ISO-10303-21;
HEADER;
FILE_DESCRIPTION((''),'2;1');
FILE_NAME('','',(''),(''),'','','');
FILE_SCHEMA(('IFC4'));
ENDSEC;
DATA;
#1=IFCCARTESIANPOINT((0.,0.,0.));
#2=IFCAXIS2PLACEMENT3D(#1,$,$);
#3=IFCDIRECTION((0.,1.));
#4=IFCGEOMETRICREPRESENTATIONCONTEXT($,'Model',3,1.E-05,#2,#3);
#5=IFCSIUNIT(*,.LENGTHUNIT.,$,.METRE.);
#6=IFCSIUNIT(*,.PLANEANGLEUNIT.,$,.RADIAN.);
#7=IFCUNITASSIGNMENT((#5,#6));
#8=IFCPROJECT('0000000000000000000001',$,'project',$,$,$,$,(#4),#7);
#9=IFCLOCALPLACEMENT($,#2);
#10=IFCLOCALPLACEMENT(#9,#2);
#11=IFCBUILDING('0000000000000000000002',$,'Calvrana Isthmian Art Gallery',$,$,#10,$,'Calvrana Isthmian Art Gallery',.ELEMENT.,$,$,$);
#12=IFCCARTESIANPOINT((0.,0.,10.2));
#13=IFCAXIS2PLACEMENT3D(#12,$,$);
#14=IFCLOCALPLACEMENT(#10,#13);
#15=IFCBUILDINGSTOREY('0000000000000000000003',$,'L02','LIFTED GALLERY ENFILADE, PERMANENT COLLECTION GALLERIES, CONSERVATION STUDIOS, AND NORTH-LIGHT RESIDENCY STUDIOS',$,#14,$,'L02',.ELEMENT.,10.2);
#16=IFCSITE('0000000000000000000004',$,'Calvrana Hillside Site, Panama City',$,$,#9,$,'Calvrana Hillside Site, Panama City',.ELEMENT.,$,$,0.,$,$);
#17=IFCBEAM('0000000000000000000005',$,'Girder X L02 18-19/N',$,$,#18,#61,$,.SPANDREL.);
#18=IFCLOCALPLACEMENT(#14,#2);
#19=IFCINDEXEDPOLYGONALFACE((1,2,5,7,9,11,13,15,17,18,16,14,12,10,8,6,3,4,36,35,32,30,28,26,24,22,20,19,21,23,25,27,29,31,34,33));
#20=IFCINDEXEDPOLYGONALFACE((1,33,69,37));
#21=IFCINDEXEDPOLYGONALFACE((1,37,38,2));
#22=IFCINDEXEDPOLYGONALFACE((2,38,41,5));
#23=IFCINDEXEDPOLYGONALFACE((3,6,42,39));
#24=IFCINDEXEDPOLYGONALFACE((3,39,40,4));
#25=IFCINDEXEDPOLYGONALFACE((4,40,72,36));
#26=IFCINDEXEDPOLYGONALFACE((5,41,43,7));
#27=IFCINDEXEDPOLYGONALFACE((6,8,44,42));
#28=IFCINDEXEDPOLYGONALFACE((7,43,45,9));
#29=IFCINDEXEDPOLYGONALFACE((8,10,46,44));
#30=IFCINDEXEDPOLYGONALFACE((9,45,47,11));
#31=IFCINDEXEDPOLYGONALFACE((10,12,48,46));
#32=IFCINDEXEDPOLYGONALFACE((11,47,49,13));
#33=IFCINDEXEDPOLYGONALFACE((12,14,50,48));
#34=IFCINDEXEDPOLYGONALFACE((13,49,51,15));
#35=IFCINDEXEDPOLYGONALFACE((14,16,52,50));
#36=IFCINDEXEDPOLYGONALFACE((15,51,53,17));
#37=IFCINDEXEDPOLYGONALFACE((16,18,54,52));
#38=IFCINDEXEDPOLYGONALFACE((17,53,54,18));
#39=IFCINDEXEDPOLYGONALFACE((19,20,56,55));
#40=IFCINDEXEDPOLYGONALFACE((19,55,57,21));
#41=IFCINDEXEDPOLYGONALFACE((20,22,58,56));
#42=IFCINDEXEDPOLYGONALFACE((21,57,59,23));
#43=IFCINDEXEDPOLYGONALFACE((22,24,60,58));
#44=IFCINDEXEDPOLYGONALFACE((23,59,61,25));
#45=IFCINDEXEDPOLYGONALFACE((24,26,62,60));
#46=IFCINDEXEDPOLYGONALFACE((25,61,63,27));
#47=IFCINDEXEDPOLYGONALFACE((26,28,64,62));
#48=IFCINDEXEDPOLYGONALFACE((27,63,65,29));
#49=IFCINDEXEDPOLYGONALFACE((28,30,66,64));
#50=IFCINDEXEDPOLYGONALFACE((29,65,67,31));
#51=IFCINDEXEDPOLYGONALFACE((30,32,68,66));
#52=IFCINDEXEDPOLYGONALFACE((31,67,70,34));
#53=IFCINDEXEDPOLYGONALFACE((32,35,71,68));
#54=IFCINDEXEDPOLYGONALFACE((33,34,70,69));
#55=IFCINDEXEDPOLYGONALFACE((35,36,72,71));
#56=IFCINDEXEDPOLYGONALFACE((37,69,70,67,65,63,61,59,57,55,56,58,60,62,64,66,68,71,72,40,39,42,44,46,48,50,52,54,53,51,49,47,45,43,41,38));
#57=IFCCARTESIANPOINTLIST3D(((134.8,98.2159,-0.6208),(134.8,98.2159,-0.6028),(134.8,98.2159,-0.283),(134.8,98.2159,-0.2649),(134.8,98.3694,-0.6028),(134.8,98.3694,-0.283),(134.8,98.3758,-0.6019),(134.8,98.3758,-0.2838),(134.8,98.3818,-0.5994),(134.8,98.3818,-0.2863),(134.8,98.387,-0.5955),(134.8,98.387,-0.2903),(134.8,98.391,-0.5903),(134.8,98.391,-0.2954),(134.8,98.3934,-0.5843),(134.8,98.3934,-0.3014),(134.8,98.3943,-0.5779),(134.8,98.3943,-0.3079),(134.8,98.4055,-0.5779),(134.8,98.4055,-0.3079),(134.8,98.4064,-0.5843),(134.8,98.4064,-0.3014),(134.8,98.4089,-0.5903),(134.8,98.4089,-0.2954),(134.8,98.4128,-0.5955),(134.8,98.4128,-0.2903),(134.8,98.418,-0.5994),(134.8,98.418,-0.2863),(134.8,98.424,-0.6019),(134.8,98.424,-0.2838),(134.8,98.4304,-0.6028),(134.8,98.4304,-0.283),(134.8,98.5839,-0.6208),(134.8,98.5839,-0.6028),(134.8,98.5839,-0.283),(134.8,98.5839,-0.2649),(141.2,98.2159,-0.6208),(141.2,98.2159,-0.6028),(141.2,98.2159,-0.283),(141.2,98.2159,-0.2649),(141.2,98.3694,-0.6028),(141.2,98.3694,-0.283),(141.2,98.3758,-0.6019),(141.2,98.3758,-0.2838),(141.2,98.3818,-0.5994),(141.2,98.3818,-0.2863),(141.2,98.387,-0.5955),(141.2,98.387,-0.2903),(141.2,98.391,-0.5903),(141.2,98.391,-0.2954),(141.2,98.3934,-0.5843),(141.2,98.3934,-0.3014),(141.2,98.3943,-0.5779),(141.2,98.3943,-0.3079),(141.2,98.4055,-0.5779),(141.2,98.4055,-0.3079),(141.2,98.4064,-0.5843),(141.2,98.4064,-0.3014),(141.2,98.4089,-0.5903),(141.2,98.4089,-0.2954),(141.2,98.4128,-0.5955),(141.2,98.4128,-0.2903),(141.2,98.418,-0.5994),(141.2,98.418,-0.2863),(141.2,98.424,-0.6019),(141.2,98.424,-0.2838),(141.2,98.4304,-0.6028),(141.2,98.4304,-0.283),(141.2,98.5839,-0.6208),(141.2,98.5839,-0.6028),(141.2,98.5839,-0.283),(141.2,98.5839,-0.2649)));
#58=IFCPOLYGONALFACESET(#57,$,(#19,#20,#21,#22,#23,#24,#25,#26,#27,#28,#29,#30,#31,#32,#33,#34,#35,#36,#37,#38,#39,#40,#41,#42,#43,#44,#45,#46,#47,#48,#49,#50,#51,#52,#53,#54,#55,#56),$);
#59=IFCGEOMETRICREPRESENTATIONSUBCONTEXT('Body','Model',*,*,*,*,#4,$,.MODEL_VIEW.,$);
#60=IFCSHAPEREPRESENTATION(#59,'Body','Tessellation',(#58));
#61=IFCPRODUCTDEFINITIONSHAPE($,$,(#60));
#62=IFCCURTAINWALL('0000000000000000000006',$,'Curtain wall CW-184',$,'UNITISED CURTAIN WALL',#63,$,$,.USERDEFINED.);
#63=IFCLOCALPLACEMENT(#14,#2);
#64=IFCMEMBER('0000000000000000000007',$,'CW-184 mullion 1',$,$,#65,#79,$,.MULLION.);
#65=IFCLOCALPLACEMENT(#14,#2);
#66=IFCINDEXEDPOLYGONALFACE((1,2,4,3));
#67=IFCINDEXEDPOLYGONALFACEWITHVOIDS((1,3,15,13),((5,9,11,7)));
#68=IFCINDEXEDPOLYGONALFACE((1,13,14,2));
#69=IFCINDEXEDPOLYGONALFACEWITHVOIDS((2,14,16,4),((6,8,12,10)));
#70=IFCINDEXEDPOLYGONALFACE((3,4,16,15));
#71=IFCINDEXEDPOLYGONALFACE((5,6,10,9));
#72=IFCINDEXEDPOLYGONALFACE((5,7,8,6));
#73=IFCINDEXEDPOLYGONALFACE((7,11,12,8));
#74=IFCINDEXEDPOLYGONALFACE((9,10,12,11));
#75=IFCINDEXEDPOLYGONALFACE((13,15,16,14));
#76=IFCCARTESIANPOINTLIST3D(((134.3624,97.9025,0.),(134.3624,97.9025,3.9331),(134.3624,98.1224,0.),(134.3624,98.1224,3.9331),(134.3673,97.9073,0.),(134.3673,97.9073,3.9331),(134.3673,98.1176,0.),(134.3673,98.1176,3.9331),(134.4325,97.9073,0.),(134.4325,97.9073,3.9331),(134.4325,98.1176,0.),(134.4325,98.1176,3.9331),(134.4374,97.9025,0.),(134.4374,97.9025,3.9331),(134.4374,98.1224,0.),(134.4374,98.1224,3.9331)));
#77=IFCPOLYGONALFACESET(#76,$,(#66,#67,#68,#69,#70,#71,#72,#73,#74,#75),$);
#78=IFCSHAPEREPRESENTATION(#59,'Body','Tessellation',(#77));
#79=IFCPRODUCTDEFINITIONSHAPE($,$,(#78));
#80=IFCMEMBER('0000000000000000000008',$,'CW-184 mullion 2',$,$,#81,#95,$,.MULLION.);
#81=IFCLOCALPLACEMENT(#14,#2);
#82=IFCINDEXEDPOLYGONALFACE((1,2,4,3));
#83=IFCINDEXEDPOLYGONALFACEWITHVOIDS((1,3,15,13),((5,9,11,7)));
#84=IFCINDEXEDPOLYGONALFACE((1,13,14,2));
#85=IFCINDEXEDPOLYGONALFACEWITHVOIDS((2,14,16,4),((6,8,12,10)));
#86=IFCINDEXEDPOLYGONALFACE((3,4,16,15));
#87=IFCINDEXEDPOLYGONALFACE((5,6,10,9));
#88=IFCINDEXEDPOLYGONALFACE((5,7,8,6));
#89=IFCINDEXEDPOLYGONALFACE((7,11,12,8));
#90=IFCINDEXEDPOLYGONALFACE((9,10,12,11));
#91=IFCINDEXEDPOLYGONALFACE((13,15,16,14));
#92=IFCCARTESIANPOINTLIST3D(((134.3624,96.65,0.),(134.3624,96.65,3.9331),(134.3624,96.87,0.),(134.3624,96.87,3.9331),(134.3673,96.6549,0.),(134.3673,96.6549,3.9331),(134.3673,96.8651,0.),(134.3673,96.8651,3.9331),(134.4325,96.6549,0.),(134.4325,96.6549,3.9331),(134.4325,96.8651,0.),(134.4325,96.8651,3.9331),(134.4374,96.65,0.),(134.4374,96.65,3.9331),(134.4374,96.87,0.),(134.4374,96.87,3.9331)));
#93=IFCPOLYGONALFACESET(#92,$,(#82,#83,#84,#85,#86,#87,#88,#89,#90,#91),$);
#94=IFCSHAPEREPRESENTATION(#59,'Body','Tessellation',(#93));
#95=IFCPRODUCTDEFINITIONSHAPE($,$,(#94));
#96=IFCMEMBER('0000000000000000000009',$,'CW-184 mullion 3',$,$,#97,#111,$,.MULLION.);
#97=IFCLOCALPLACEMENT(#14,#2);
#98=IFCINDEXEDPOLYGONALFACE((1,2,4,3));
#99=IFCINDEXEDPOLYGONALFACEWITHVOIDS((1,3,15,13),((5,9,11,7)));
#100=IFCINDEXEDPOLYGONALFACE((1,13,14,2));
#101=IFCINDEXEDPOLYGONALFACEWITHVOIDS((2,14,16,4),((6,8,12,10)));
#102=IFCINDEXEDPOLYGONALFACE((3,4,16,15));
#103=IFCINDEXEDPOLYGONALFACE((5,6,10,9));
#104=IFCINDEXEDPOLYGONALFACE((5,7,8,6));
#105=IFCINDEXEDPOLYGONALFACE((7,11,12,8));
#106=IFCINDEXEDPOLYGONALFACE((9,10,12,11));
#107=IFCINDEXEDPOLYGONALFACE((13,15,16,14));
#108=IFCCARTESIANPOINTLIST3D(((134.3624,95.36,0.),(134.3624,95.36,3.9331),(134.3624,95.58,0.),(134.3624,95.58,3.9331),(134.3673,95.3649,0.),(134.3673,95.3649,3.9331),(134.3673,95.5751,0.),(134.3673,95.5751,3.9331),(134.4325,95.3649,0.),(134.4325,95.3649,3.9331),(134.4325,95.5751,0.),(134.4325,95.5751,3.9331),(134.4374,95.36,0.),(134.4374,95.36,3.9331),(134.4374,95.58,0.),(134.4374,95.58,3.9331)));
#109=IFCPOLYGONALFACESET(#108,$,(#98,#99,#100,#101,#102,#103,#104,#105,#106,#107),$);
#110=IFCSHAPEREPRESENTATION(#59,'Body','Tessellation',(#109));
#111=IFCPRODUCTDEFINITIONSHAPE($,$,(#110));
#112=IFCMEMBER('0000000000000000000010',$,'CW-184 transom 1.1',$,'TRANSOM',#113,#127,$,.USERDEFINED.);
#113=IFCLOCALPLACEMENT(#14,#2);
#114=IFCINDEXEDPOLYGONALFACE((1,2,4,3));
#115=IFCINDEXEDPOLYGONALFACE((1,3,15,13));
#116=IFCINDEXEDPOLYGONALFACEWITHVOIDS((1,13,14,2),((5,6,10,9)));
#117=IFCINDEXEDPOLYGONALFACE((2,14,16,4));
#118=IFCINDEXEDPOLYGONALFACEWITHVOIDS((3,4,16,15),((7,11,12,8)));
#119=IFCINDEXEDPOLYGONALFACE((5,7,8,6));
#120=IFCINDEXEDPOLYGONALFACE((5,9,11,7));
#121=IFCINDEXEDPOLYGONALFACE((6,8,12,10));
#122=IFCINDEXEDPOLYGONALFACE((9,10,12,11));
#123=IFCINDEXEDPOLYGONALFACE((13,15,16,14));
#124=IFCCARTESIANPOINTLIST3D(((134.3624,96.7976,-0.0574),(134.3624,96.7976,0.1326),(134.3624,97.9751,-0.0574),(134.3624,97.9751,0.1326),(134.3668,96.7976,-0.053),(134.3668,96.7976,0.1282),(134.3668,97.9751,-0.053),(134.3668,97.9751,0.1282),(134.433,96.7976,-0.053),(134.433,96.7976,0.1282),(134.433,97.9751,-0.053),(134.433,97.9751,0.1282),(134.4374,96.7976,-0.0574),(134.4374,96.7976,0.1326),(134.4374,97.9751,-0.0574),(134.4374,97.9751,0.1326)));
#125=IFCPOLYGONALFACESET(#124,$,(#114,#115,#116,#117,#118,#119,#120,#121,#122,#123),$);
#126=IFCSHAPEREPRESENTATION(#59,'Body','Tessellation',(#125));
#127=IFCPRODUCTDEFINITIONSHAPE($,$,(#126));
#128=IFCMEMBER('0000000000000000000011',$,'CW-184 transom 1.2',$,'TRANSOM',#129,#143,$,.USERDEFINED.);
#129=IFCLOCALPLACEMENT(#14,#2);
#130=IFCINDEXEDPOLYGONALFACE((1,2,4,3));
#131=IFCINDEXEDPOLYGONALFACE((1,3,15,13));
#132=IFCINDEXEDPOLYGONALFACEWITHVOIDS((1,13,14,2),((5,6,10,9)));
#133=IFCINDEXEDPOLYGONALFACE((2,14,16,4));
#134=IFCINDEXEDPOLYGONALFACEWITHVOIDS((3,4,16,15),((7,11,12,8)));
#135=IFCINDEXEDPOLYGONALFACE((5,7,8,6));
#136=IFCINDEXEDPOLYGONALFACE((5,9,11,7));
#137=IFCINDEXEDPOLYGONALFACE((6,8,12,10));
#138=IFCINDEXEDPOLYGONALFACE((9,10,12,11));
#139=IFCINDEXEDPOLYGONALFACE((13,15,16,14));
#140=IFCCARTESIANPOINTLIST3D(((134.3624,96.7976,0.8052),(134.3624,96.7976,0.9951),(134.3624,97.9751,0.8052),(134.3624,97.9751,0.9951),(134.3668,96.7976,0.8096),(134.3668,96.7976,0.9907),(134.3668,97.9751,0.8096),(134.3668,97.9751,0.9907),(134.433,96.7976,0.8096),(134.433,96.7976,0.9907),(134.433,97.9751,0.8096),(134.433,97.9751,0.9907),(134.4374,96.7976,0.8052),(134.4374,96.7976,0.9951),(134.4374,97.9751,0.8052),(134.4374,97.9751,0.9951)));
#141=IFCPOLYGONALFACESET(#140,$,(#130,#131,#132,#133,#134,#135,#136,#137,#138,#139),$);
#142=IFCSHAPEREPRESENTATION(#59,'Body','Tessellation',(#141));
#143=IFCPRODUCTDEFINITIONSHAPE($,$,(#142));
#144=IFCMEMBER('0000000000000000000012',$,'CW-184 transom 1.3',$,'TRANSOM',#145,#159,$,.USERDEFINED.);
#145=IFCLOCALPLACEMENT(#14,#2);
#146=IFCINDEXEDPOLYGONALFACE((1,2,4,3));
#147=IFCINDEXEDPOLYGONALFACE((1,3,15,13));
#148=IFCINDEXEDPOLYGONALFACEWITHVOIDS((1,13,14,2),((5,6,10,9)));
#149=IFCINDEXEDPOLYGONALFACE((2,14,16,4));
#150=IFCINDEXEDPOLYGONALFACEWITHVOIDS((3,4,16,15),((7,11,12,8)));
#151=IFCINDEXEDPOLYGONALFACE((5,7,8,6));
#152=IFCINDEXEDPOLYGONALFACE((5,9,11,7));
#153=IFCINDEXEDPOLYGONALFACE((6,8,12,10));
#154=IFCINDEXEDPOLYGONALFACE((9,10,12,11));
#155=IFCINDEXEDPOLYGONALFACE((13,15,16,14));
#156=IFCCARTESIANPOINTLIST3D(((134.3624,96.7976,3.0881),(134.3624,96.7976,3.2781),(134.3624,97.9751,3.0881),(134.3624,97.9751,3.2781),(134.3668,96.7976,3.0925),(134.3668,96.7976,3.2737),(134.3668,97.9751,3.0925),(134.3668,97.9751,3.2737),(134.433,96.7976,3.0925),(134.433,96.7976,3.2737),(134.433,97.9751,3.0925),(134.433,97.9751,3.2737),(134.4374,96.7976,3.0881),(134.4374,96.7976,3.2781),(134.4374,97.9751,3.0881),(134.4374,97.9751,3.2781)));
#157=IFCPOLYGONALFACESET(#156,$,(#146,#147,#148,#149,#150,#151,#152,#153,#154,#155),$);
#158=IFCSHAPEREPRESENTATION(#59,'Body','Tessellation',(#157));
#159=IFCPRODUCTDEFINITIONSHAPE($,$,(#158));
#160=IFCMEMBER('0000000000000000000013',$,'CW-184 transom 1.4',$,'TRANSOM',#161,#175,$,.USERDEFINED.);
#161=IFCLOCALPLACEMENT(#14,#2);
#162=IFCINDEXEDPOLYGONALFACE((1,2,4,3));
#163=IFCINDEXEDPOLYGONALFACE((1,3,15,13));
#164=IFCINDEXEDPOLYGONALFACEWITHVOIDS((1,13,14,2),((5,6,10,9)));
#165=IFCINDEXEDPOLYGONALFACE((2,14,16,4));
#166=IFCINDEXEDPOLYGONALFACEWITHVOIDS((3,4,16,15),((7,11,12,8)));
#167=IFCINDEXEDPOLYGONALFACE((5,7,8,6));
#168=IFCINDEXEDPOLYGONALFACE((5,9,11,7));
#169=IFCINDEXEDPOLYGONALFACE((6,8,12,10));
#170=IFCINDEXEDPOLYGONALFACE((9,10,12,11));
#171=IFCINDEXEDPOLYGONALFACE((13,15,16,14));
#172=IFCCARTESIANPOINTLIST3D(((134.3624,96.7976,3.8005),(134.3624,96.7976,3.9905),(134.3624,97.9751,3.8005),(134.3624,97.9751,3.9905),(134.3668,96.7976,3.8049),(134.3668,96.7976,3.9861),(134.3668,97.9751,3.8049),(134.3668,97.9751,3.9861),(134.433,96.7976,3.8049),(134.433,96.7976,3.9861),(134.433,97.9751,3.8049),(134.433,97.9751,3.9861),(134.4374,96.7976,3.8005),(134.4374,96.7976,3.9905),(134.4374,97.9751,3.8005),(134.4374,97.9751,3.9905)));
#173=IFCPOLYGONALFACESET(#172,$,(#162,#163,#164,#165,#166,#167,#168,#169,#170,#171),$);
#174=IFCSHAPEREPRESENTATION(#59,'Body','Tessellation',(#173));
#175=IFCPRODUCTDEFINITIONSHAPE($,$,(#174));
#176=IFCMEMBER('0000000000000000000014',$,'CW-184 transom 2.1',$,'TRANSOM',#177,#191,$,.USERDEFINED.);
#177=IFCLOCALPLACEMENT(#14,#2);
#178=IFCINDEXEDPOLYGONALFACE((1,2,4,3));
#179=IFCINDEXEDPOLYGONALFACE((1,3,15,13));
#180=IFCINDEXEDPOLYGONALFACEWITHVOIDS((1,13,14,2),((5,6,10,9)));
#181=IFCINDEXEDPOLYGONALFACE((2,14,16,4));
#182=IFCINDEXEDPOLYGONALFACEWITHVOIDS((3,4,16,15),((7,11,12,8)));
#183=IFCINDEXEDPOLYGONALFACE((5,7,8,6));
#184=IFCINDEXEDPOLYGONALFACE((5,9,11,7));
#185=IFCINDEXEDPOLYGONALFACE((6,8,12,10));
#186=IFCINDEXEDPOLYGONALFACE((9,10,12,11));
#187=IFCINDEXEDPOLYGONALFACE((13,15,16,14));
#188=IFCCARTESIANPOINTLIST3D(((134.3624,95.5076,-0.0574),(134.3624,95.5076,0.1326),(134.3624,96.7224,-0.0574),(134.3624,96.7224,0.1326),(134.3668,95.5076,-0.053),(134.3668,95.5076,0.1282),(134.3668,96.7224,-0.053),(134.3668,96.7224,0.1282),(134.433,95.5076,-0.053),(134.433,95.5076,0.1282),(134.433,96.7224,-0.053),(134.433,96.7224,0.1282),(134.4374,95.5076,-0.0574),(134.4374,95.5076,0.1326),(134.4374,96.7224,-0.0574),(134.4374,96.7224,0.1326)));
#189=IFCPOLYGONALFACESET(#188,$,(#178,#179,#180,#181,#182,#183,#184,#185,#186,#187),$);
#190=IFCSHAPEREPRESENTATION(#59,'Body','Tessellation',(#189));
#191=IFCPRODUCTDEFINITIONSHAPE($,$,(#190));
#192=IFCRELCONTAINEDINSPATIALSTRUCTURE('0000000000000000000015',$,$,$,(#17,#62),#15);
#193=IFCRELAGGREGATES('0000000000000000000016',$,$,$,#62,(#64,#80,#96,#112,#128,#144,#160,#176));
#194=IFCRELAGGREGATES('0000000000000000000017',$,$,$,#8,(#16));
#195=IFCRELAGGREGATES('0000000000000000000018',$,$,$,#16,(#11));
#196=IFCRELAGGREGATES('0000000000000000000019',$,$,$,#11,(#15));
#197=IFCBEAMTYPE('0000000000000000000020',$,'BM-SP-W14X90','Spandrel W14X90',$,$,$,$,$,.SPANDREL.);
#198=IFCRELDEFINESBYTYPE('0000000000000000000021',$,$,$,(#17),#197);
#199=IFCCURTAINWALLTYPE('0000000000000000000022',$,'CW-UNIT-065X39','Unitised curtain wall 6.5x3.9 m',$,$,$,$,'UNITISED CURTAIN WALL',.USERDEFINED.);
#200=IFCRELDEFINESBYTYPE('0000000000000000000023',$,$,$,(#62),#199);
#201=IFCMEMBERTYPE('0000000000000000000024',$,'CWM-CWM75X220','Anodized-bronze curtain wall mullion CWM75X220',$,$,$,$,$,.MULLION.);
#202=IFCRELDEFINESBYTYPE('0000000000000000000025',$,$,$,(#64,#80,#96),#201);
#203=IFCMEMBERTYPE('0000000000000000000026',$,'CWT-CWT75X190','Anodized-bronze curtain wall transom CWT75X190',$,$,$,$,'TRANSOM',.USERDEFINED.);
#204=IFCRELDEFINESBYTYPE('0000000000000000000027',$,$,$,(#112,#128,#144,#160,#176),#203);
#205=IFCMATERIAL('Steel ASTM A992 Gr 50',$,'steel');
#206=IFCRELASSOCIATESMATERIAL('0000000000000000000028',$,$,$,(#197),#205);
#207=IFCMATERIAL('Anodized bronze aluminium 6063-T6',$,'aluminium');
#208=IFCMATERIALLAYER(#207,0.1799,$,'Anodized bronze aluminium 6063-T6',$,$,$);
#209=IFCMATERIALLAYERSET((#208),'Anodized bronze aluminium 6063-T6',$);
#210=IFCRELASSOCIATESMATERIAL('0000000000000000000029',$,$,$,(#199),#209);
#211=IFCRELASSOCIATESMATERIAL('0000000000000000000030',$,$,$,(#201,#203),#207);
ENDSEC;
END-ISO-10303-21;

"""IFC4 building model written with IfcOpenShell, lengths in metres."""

from ifc_helpers import new_model, si_unit, direction, frame, origin, origin_2d, place, context, subcontext, project, spatial, hollow_rectangle, i_section, extrude, material, layer, layer_set, material_profile, profile_set, type_object, element, aggregate, save


model = new_model("IFC4")

# Units and contexts
model_context = context("Model", 3, precision=1e-05, world=origin(), true_north=direction((0.0, 1.0)))
body_context = subcontext(model_context, "Body", "Model", "MODEL_VIEW")
ifc_project = project(units=[si_unit("LENGTHUNIT", "METRE"), si_unit("PLANEANGLEUNIT", "RADIAN")], contexts=[model_context])

# Site, building, storey
site_placement = place(None, origin())
site = spatial("IfcSite", under=ifc_project, at=site_placement, Name="Calvrana Hillside Site, Panama City", LongName="Calvrana Hillside Site, Panama City", CompositionType="ELEMENT", RefElevation=0.0)
building_placement = place(site_placement, origin())
building = spatial("IfcBuilding", under=site, at=building_placement, Name="Calvrana Isthmian Art Gallery", LongName="Calvrana Isthmian Art Gallery", CompositionType="ELEMENT")
storey_placement = place(building_placement, frame((0.0, 0.0, 10.2)))
storey = spatial("IfcBuildingStorey", under=building, at=storey_placement, Name="L02", Description="LIFTED GALLERY ENFILADE, PERMANENT COLLECTION GALLERIES, CONSERVATION STUDIOS, AND NORTH-LIGHT RESIDENCY STUDIOS", LongName="L02", CompositionType="ELEMENT", Elevation=10.2)

# Beam
ifc_material_1 = material(Name="Steel ASTM A992 Gr 50", Category="steel")
ifc_material_profile_1 = material_profile(ifc_material_1, i_section(OverallWidth=0.3679, OverallDepth=0.356, WebThickness=0.0112, FlangeThickness=0.0181, FilletRadius=0.0249, at=origin_2d()), Name="W14X90")
ifc_profile_set_1 = profile_set([ifc_material_profile_1], Name="Steel ASTM A992 Gr 50")
beam_type_1 = type_object("IfcBeamType", Name="BM-SP-W14X90", Description="Spandrel W14X90", PredefinedType="SPANDREL", material=ifc_profile_set_1)
beam_1_placement = place(storey_placement, frame((134.8, 98.3999, -0.4429), z_axis=(1.0, 0.0, 0.0), x_axis=(0.0, 1.0, 0.0)))
element("IfcBeam", 1, at=beam_1_placement, inside=storey, type_object=beam_type_1, Name="Girder X L02 18-19/N", PredefinedType="SPANDREL", context=body_context, shape_type="SweptSolid", body=[
    extrude(i_section(OverallWidth=0.3679, OverallDepth=0.356, WebThickness=0.0112, FlangeThickness=0.0181, FilletRadius=0.0249, at=origin_2d()), origin(), (0.0, 0.0, 1.0), 6.3999),
])

# Curtain wall, members
ifc_material_2 = material(Name="Anodized bronze aluminium 6063-T6", Category="aluminium")
ifc_layer_1 = layer(ifc_material_2, 0.1799, Name="Anodized bronze aluminium 6063-T6")
ifc_layer_set_1 = layer_set([ifc_layer_1], Name="Anodized bronze aluminium 6063-T6")
curtain_wall_type = type_object("IfcCurtainWallType", Name="CW-UNIT-065X39", Description="Unitised curtain wall 6.5x3.9 m", ElementType="UNITISED CURTAIN WALL", PredefinedType="USERDEFINED", material=ifc_layer_set_1)
curtain_wall_placement = place(storey_placement, origin())
curtain_wall = element("IfcCurtainWall", 2, at=curtain_wall_placement, inside=storey, type_object=curtain_wall_type, Name="Curtain wall CW-184", ObjectType="UNITISED CURTAIN WALL", PredefinedType="USERDEFINED")
ifc_material_profile_2 = material_profile(ifc_material_2, hollow_rectangle(XDim=0.075, YDim=0.22, WallThickness=0.0049, at=origin_2d()), Name="CWM75X220")
ifc_profile_set_2 = profile_set([ifc_material_profile_2], Name="Anodized bronze aluminium 6063-T6")
member_type_1 = type_object("IfcMemberType", Name="CWM-CWM75X220", Description="Anodized-bronze curtain wall mullion CWM75X220", PredefinedType="MULLION", material=ifc_profile_set_2)
member_1_placement = place(storey_placement, frame((134.3999, 98.0125, 0.0), z_axis=(0.0, 0.0, 1.0), x_axis=(1.0, 0.0, 0.0)))
member_1 = element("IfcMember", 3, at=member_1_placement, type_object=member_type_1, Name="CW-184 mullion 1", PredefinedType="MULLION", context=body_context, shape_type="SweptSolid", body=[
    extrude(hollow_rectangle(XDim=0.075, YDim=0.22, WallThickness=0.0049, at=origin_2d()), origin(), (0.0, 0.0, 1.0), 3.9331),
])
member_2_placement = place(storey_placement, frame((134.3999, 96.76, 0.0), z_axis=(0.0, 0.0, 1.0), x_axis=(1.0, 0.0, 0.0)))
member_2 = element("IfcMember", 4, at=member_2_placement, type_object=member_type_1, Name="CW-184 mullion 2", PredefinedType="MULLION", context=body_context, shape_type="SweptSolid", body=[
    extrude(hollow_rectangle(XDim=0.075, YDim=0.22, WallThickness=0.0049, at=origin_2d()), origin(), (0.0, 0.0, 1.0), 3.9331),
])
member_3_placement = place(storey_placement, frame((134.3999, 95.47, 0.0), z_axis=(0.0, 0.0, 1.0), x_axis=(1.0, 0.0, 0.0)))
member_3 = element("IfcMember", 5, at=member_3_placement, type_object=member_type_1, Name="CW-184 mullion 3", PredefinedType="MULLION", context=body_context, shape_type="SweptSolid", body=[
    extrude(hollow_rectangle(XDim=0.075, YDim=0.22, WallThickness=0.0049, at=origin_2d()), origin(), (0.0, 0.0, 1.0), 3.9331),
])
ifc_material_profile_3 = material_profile(ifc_material_2, hollow_rectangle(XDim=0.075, YDim=0.1899, WallThickness=0.0044, at=origin_2d()), Name="CWT75X190")
ifc_profile_set_3 = profile_set([ifc_material_profile_3], Name="Anodized bronze aluminium 6063-T6")
member_type_2 = type_object("IfcMemberType", Name="CWT-CWT75X190", Description="Anodized-bronze curtain wall transom CWT75X190", ElementType="TRANSOM", PredefinedType="USERDEFINED", material=ifc_profile_set_3)
member_4_placement = place(storey_placement, frame((134.3999, 97.9751, 0.0376), z_axis=(0.0, -1.0, 0.0), x_axis=(1.0, 0.0, 0.0)))
member_4 = element("IfcMember", 6, at=member_4_placement, type_object=member_type_2, Name="CW-184 transom 1.1", ObjectType="TRANSOM", PredefinedType="USERDEFINED", context=body_context, shape_type="SweptSolid", body=[
    extrude(hollow_rectangle(XDim=0.075, YDim=0.1899, WallThickness=0.0044, at=origin_2d()), origin(), (0.0, 0.0, 1.0), 1.1775),
])
member_5_placement = place(storey_placement, frame((134.3999, 97.9751, 0.9001), z_axis=(0.0, -1.0, 0.0), x_axis=(1.0, 0.0, 0.0)))
member_5 = element("IfcMember", 7, at=member_5_placement, type_object=member_type_2, Name="CW-184 transom 1.2", ObjectType="TRANSOM", PredefinedType="USERDEFINED", context=body_context, shape_type="SweptSolid", body=[
    extrude(hollow_rectangle(XDim=0.075, YDim=0.1899, WallThickness=0.0044, at=origin_2d()), origin(), (0.0, 0.0, 1.0), 1.1775),
])
member_6_placement = place(storey_placement, frame((134.3999, 97.9751, 3.1831), z_axis=(0.0, -1.0, 0.0), x_axis=(1.0, 0.0, 0.0)))
member_6 = element("IfcMember", 8, at=member_6_placement, type_object=member_type_2, Name="CW-184 transom 1.3", ObjectType="TRANSOM", PredefinedType="USERDEFINED", context=body_context, shape_type="SweptSolid", body=[
    extrude(hollow_rectangle(XDim=0.075, YDim=0.1899, WallThickness=0.0044, at=origin_2d()), origin(), (0.0, 0.0, 1.0), 1.1775),
])
member_7_placement = place(storey_placement, frame((134.3999, 97.9751, 3.8955), z_axis=(0.0, -1.0, 0.0), x_axis=(1.0, 0.0, 0.0)))
member_7 = element("IfcMember", 9, at=member_7_placement, type_object=member_type_2, Name="CW-184 transom 1.4", ObjectType="TRANSOM", PredefinedType="USERDEFINED", context=body_context, shape_type="SweptSolid", body=[
    extrude(hollow_rectangle(XDim=0.075, YDim=0.1899, WallThickness=0.0044, at=origin_2d()), origin(), (0.0, 0.0, 1.0), 1.1775),
])
member_8_placement = place(storey_placement, frame((134.3999, 96.7224, 0.0376), z_axis=(0.0, -1.0, 0.0), x_axis=(1.0, 0.0, 0.0)))
member_8 = element("IfcMember", 10, at=member_8_placement, type_object=member_type_2, Name="CW-184 transom 2.1", ObjectType="TRANSOM", PredefinedType="USERDEFINED", context=body_context, shape_type="SweptSolid", body=[
    extrude(hollow_rectangle(XDim=0.075, YDim=0.1899, WallThickness=0.0044, at=origin_2d()), origin(), (0.0, 0.0, 1.0), 1.2148),
])
aggregate(curtain_wall, [member_1, member_2, member_3, member_4, member_5, member_6, member_7, member_8])

save(model, "model.ifc")
